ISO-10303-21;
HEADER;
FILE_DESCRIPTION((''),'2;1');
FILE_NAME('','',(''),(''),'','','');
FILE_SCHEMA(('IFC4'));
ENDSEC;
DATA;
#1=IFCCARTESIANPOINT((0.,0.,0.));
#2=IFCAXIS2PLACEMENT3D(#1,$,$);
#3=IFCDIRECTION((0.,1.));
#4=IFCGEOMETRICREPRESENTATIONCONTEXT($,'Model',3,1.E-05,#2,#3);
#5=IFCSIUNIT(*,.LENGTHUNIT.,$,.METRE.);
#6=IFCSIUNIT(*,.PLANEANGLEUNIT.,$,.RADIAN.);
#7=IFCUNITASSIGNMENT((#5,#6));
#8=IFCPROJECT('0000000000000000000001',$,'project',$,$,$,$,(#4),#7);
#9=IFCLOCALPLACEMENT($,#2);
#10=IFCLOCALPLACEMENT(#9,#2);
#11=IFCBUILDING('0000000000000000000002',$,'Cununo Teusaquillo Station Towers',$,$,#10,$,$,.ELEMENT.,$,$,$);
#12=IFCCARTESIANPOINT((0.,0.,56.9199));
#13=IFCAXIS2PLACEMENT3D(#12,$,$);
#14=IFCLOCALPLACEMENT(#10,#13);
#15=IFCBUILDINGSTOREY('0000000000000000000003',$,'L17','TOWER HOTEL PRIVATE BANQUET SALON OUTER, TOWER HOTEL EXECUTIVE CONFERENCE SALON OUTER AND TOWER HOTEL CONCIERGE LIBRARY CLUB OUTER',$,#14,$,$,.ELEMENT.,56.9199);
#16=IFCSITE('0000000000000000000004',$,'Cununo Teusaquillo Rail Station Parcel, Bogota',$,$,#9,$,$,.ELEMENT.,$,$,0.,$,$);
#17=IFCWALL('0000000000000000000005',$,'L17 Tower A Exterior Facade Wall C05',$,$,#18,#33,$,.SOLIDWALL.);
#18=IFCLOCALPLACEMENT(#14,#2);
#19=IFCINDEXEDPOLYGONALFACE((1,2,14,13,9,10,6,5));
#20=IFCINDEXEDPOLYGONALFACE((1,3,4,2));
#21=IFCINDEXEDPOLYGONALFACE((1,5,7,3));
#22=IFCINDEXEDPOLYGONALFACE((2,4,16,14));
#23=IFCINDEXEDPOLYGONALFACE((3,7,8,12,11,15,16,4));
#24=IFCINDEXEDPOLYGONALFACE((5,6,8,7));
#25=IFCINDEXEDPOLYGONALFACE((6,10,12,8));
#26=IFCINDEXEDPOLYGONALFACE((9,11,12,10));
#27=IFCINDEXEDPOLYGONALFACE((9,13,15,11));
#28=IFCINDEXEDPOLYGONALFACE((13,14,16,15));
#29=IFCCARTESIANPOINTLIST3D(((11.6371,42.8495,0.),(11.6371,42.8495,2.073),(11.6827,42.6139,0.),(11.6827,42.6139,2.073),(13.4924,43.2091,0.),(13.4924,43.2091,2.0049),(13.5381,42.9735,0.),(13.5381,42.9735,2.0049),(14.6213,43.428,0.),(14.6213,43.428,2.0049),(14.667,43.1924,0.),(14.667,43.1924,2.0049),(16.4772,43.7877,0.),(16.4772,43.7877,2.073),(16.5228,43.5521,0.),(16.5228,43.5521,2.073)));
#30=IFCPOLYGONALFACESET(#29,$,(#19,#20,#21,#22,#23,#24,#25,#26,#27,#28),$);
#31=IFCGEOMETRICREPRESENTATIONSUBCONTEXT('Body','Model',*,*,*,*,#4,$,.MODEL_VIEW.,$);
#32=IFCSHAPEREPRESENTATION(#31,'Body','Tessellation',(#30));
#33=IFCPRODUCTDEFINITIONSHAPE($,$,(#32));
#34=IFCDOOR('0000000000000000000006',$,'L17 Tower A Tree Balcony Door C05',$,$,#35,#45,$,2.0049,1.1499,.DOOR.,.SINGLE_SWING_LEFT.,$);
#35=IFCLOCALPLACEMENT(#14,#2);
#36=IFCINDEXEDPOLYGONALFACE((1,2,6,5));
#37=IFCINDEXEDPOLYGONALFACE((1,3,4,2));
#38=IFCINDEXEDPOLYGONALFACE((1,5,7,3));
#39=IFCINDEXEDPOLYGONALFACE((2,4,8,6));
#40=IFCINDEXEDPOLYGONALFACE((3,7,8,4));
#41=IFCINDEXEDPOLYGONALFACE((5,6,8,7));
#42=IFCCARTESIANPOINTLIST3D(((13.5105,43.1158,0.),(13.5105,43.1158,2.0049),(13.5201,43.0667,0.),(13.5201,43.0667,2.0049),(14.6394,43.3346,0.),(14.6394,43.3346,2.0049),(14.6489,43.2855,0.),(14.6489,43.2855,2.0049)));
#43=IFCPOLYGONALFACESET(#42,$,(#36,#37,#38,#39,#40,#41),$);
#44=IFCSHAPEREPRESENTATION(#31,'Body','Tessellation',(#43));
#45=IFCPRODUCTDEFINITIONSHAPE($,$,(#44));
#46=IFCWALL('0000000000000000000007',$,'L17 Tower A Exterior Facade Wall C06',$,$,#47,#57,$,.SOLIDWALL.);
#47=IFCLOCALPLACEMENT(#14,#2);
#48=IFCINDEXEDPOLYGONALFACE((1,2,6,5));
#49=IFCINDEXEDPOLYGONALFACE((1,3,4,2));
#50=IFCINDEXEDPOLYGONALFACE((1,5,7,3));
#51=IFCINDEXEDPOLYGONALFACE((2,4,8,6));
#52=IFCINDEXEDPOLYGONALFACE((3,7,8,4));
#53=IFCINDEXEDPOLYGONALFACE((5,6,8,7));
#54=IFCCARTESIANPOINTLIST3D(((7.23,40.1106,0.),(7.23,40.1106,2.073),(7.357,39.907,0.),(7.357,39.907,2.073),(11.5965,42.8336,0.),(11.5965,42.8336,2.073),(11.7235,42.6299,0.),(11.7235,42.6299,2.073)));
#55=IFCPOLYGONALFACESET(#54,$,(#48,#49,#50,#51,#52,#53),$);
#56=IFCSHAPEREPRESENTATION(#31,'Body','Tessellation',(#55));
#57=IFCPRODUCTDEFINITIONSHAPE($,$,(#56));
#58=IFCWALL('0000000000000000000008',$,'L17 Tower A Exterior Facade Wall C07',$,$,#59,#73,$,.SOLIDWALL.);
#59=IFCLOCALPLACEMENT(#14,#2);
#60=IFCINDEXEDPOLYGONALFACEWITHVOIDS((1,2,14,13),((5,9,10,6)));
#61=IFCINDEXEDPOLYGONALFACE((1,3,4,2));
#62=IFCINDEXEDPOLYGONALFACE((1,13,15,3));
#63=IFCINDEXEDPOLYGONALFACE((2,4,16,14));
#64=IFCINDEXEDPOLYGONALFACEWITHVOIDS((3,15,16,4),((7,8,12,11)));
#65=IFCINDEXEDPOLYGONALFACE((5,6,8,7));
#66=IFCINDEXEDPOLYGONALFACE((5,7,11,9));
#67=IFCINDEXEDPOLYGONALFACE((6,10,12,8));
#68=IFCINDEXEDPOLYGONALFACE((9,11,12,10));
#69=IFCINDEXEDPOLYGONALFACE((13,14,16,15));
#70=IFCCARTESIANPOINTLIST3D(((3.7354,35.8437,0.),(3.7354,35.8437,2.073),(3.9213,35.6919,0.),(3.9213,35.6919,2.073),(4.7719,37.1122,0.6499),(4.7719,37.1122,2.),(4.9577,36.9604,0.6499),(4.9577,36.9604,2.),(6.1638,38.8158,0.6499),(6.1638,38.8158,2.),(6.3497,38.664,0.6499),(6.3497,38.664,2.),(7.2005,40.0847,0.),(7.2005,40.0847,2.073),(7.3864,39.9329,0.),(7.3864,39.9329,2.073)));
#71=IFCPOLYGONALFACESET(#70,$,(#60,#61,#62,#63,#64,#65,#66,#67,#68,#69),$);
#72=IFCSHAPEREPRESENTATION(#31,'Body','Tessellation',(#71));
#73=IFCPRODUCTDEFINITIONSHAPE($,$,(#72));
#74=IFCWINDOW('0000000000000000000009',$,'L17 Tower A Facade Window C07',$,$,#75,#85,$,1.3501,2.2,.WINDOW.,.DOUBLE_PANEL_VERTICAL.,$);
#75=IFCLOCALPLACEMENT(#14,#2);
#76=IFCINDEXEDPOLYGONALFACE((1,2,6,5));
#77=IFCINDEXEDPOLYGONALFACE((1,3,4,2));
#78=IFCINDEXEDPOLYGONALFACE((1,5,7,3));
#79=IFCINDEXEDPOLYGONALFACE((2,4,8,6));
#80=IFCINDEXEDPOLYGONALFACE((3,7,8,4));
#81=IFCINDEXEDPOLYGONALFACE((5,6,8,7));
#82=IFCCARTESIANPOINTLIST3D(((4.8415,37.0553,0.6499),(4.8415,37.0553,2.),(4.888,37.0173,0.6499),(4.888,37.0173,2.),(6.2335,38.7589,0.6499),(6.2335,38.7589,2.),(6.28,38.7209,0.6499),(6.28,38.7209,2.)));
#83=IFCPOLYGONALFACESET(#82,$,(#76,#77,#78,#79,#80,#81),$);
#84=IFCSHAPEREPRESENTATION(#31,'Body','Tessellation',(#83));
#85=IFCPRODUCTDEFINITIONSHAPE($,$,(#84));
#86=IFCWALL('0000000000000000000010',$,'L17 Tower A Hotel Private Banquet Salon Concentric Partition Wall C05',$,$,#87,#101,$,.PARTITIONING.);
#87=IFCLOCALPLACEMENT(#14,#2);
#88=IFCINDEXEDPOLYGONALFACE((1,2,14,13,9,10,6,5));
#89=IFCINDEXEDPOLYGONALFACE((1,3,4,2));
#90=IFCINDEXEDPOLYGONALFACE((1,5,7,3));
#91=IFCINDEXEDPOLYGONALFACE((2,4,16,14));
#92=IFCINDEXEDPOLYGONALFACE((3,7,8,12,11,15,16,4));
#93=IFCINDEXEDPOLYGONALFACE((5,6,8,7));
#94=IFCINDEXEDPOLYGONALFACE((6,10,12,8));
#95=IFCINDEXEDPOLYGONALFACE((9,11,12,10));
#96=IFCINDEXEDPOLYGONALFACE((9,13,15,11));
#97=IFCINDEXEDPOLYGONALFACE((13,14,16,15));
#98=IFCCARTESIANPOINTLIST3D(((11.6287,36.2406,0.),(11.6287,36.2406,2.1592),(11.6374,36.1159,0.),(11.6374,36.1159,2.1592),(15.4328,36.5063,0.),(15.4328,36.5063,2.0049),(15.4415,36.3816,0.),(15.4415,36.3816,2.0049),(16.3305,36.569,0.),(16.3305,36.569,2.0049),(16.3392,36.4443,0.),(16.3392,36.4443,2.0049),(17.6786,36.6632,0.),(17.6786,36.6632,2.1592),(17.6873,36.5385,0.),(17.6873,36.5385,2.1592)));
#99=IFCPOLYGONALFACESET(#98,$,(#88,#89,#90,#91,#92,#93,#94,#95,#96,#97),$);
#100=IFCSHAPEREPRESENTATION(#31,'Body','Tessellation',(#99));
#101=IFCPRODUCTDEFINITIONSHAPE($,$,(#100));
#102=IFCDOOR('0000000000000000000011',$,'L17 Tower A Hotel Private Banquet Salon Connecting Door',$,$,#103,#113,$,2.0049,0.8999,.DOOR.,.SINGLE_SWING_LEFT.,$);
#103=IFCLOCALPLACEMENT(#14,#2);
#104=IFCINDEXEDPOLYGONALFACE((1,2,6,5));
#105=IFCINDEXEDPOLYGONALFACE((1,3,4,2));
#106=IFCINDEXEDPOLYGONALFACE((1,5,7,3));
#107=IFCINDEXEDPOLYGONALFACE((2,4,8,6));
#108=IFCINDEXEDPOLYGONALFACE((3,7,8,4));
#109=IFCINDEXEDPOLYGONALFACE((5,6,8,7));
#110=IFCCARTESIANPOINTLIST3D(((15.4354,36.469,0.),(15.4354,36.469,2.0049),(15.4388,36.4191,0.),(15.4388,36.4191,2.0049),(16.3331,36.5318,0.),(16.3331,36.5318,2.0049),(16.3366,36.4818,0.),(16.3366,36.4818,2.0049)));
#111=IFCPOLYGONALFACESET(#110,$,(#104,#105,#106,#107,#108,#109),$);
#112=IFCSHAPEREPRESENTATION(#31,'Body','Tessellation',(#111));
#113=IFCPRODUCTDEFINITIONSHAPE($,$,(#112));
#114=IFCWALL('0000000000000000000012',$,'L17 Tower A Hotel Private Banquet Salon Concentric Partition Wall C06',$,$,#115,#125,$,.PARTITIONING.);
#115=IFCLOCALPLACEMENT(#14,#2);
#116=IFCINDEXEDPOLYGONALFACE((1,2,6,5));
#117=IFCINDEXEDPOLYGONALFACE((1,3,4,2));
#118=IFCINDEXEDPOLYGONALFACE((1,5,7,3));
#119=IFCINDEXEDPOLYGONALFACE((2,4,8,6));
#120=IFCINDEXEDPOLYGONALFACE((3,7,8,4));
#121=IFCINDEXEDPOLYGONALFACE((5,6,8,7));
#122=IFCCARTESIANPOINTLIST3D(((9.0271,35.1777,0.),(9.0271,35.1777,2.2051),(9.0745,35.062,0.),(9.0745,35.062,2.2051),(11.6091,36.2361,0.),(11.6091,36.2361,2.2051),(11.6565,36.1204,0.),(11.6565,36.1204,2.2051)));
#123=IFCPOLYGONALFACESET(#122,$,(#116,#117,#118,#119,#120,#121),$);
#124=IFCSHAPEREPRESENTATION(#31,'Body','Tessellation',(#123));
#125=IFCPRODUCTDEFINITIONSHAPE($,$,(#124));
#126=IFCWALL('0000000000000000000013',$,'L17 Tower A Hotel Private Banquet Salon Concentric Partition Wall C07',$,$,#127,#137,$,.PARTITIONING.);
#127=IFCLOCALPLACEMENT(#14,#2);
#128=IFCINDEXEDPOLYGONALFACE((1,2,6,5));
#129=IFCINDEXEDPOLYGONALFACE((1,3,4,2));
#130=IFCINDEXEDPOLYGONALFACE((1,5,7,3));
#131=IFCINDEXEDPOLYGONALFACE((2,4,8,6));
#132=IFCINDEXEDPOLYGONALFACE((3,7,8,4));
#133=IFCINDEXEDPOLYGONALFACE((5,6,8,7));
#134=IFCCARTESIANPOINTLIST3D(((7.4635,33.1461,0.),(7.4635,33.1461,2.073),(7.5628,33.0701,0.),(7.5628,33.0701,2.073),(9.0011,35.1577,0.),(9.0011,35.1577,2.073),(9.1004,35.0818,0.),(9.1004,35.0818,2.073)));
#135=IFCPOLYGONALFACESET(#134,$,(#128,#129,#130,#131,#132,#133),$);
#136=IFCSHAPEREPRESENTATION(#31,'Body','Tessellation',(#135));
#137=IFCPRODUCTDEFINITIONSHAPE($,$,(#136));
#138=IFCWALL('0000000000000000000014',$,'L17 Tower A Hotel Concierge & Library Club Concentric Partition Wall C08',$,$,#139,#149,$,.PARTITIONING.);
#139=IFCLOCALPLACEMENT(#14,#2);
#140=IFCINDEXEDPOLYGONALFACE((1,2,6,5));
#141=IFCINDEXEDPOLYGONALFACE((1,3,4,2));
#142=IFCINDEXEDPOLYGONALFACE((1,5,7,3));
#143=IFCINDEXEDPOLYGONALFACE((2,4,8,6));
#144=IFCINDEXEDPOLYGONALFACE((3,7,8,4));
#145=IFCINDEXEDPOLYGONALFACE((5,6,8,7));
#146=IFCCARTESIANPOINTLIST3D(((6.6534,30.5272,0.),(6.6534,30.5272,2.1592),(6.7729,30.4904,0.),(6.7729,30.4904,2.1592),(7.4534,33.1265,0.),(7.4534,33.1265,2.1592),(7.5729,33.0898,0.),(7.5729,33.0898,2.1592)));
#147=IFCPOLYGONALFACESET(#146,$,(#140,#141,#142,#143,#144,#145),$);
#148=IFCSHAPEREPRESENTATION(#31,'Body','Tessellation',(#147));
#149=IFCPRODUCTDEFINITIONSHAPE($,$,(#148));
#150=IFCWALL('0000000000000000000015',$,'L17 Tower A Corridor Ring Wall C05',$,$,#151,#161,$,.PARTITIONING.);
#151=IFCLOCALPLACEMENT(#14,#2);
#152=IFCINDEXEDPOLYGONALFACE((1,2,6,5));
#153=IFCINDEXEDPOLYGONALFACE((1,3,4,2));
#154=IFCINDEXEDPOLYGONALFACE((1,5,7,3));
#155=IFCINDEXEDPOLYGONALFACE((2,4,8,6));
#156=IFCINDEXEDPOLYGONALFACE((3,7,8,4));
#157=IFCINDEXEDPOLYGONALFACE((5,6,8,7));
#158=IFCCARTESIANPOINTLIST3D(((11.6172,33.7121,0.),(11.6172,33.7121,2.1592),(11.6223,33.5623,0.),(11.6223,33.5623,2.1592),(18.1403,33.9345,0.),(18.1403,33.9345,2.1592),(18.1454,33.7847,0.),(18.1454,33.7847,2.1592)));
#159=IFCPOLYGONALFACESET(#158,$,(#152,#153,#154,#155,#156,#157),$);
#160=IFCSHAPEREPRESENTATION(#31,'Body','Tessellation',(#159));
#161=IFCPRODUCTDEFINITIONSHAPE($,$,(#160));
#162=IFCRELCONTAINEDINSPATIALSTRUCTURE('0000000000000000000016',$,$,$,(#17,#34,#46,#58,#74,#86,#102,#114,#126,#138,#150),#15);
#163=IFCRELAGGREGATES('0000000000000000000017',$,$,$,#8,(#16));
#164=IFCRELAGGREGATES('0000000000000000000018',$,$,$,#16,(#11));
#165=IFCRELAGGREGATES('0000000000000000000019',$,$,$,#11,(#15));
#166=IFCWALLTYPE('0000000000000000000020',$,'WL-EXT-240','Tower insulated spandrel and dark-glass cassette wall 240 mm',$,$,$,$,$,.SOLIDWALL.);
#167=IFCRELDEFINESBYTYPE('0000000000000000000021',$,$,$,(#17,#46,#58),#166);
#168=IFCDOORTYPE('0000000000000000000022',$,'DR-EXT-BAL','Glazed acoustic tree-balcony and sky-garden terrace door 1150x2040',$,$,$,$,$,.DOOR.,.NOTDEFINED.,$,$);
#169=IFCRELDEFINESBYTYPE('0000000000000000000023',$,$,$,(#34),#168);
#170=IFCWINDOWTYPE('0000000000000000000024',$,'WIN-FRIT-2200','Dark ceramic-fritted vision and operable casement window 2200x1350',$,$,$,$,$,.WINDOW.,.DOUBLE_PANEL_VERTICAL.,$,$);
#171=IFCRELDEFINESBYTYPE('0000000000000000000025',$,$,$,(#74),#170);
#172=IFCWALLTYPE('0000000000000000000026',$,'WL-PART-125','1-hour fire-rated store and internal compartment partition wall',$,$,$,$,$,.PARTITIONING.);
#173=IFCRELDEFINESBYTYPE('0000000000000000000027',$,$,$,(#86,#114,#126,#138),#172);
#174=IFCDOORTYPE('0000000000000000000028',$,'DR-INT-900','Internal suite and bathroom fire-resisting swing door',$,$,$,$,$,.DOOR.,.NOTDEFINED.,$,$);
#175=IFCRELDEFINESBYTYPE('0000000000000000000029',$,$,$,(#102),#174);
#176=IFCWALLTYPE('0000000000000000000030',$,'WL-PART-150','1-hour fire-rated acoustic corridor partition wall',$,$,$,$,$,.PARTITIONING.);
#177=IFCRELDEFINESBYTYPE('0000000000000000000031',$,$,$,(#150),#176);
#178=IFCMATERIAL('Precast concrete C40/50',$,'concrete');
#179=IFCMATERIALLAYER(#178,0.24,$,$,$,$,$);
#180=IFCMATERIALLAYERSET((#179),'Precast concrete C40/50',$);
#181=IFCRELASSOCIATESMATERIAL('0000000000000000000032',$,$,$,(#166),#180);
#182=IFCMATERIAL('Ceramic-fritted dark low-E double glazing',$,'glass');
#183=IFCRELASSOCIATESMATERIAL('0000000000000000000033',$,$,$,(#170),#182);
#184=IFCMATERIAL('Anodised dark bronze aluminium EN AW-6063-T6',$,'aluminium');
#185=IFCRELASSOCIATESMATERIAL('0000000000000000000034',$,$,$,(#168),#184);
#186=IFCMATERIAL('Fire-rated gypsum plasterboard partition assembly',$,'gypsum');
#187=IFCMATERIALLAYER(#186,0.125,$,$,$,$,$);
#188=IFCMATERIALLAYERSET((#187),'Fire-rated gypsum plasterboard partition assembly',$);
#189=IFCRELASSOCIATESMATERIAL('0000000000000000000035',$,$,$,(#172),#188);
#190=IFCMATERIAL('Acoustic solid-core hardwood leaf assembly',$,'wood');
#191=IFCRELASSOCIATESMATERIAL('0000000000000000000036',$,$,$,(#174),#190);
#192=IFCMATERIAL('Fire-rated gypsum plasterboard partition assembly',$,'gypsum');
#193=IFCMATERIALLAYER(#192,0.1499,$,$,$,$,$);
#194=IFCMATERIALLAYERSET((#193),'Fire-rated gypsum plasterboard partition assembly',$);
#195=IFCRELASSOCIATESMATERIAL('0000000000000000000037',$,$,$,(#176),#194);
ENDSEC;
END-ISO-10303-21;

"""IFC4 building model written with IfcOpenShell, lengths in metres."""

from ifc_helpers import new_model, si_unit, direction, frame, frame_2d, origin, place, context, subcontext, project, spatial, rectangle, extrude, source, transform, mapped, material, layer, layer_set, type_object, element, fill, save


model = new_model("IFC4")

# Units and contexts
model_context = context("Model", 3, precision=1e-05, world=origin(), true_north=direction((0.0, 1.0)))
body_context = subcontext(model_context, "Body", "Model", "MODEL_VIEW")
ifc_project = project(units=[si_unit("LENGTHUNIT", "METRE"), si_unit("PLANEANGLEUNIT", "RADIAN")], contexts=[model_context])

# Site, building, storey
site_placement = place(None, origin())
site = spatial("IfcSite", under=ifc_project, at=site_placement, Name="Cununo Teusaquillo Rail Station Parcel, Bogota", CompositionType="ELEMENT", RefElevation=0.0)
building_placement = place(site_placement, origin())
building = spatial("IfcBuilding", under=site, at=building_placement, Name="Cununo Teusaquillo Station Towers", CompositionType="ELEMENT")
storey_placement = place(building_placement, frame((0.0, 0.0, 56.9199)))
storey = spatial("IfcBuildingStorey", under=building, at=storey_placement, Name="L17", Description="TOWER HOTEL PRIVATE BANQUET SALON OUTER, TOWER HOTEL EXECUTIVE CONFERENCE SALON OUTER AND TOWER HOTEL CONCIERGE LIBRARY CLUB OUTER", CompositionType="ELEMENT", Elevation=56.9199)

# Shared definitions
ifc_material_1 = material(Name="Precast concrete C40/50", Category="concrete")
ifc_layer_1 = layer(ifc_material_1, 0.24)
ifc_layer_set_1 = layer_set([ifc_layer_1], Name="Precast concrete C40/50")
wall_type_1 = type_object("IfcWallType", Name="WL-EXT-240", Description="Tower insulated spandrel and dark-glass cassette wall 240 mm", PredefinedType="SOLIDWALL", material=ifc_layer_set_1)
shared_shape_1 = source(origin(), body_context, "Body", "SweptSolid", [
    extrude(rectangle(XDim=2.2, YDim=1.3501, at=frame_2d((1.1001, 0.675))), frame((0.0, 0.1299, 0.0), z_axis=(0.0, -1.0, 0.0), x_axis=(1.0, 0.0, 0.0)), (0.0, 0.0, 1.0), 0.26),
])
ifc_material_2 = material(Name="Ceramic-fritted dark low-E double glazing", Category="glass")
window_type = type_object("IfcWindowType", Name="WIN-FRIT-2200", Description="Dark ceramic-fritted vision and operable casement window 2200x1350", PartitioningType="DOUBLE_PANEL_VERTICAL", PredefinedType="WINDOW", material=ifc_material_2)
shared_shape_2 = source(origin(), body_context, "Body", "SweptSolid", [
    extrude(rectangle(XDim=2.2, YDim=1.3501, at=frame_2d((1.1001, 0.675))), frame((0.0, 0.03, 0.0), z_axis=(0.0, -1.0, 0.0), x_axis=(1.0, 0.0, 0.0)), (0.0, 0.0, 1.0), 0.0601),
])

# Wall, opening, door
wall_1_placement = place(storey_placement, frame((11.6599, 42.7317, 0.0), z_axis=(0.0, 0.0, 1.0), x_axis=(0.981725, 0.190304, 0.0)))
wall_1 = element("IfcWall", 1, at=wall_1_placement, inside=storey, type_object=wall_type_1, Name="L17 Tower A Exterior Facade Wall C05", PredefinedType="SOLIDWALL", context=body_context, shape_type="SweptSolid", body=[
    extrude(rectangle(XDim=4.9302, YDim=0.24, at=frame_2d((2.4651, 0.0))), origin(), (0.0, 0.0, 1.0), 2.073),
])
shared_shape_3 = source(origin(), body_context, "Body", "SweptSolid", [
    extrude(rectangle(XDim=1.1499, YDim=2.0049, at=frame_2d((0.575, 1.0024))), frame((0.0, 0.1299, 0.0), z_axis=(0.0, -1.0, 0.0), x_axis=(1.0, 0.0, 0.0)), (0.0, 0.0, 1.0), 0.26),
])
opening_1_placement = place(wall_1_placement, frame((1.8899, 0.0, 0.0)))
opening_1 = element("IfcOpeningElement", 2, at=opening_1_placement, cuts=wall_1, PredefinedType="OPENING", context=body_context, shape_type="MappedRepresentation", body=[
    mapped(shared_shape_3, transform((0.0, 0.0, 0.0), x_axis=(1.0, 0.0, 0.0), y_axis=(0.0, 1.0, 0.0), z_axis=(0.0, 0.0, 1.0), scale=1.0)),
])
ifc_material_3 = material(Name="Anodised dark bronze aluminium EN AW-6063-T6", Category="aluminium")
door_type_1 = type_object("IfcDoorType", Name="DR-EXT-BAL", Description="Glazed acoustic tree-balcony and sky-garden terrace door 1150x2040", OperationType="NOTDEFINED", PredefinedType="DOOR", material=ifc_material_3)
shared_shape_4 = source(origin(), body_context, "Body", "SweptSolid", [
    extrude(rectangle(XDim=1.1499, YDim=2.0049, at=frame_2d((0.575, 1.0024))), frame((0.0, 0.0249, 0.0), z_axis=(0.0, -1.0, 0.0), x_axis=(1.0, 0.0, 0.0)), (0.0, 0.0, 1.0), 0.05),
])
door_1_placement = place(opening_1_placement, origin())
door_1 = element("IfcDoor", 3, at=door_1_placement, inside=storey, type_object=door_type_1, Name="L17 Tower A Tree Balcony Door C05", OperationType="SINGLE_SWING_LEFT", OverallHeight=2.0049, OverallWidth=1.1499, PredefinedType="DOOR", context=body_context, shape_type="MappedRepresentation", body=[
    mapped(shared_shape_4, transform((0.0, 0.0, 0.0), x_axis=(1.0, 0.0, 0.0), y_axis=(0.0, 1.0, 0.0), z_axis=(0.0, 0.0, 1.0), scale=1.0)),
])
fill(opening_1, door_1)

# Wall
wall_2_placement = place(storey_placement, frame((7.2935, 40.0088, 0.0), z_axis=(0.0, 0.0, 1.0), x_axis=(0.848534, 0.529141, 0.0)))
element("IfcWall", 4, at=wall_2_placement, inside=storey, type_object=wall_type_1, Name="L17 Tower A Exterior Facade Wall C06", PredefinedType="SOLIDWALL", context=body_context, shape_type="SweptSolid", body=[
    extrude(rectangle(XDim=5.146, YDim=0.24, at=frame_2d((2.573, 0.0))), origin(), (0.0, 0.0, 1.0), 2.073),
])

# Wall, opening, window
wall_3_placement = place(storey_placement, frame((3.8284, 35.7678, 0.0), z_axis=(0.0, 0.0, 1.0), x_axis=(0.632713, 0.774386, 0.0)))
wall_3 = element("IfcWall", 5, at=wall_3_placement, inside=storey, type_object=wall_type_1, Name="L17 Tower A Exterior Facade Wall C07", PredefinedType="SOLIDWALL", context=body_context, shape_type="SweptSolid", body=[
    extrude(rectangle(XDim=5.4766, YDim=0.24, at=frame_2d((2.7383, 0.0))), origin(), (0.0, 0.0, 1.0), 2.073),
])
opening_2_placement = place(wall_3_placement, frame((1.6379, 0.0, 0.6499)))
opening_2 = element("IfcOpeningElement", 6, at=opening_2_placement, cuts=wall_3, PredefinedType="OPENING", context=body_context, shape_type="MappedRepresentation", body=[
    mapped(shared_shape_1, transform((0.0, 0.0, 0.0), x_axis=(1.0, 0.0, 0.0), y_axis=(0.0, 1.0, 0.0), z_axis=(0.0, 0.0, 1.0), scale=1.0)),
])
window_1_placement = place(opening_2_placement, origin())
window_1 = element("IfcWindow", 7, at=window_1_placement, inside=storey, type_object=window_type, Name="L17 Tower A Facade Window C07", OverallHeight=1.3501, OverallWidth=2.2, PartitioningType="DOUBLE_PANEL_VERTICAL", PredefinedType="WINDOW", context=body_context, shape_type="MappedRepresentation", body=[
    mapped(shared_shape_2, transform((0.0, 0.0, 0.0), x_axis=(1.0, 0.0, 0.0), y_axis=(0.0, 1.0, 0.0), z_axis=(0.0, 0.0, 1.0), scale=1.0)),
])
fill(opening_2, window_1)

# Wall, opening, door
ifc_material_4 = material(Name="Fire-rated gypsum plasterboard partition assembly", Category="gypsum")
ifc_layer_2 = layer(ifc_material_4, 0.125)
ifc_layer_set_2 = layer_set([ifc_layer_2], Name="Fire-rated gypsum plasterboard partition assembly")
wall_type_2 = type_object("IfcWallType", Name="WL-PART-125", Description="1-hour fire-rated store and internal compartment partition wall", PredefinedType="PARTITIONING", material=ifc_layer_set_2)
wall_4_placement = place(storey_placement, frame((17.6829, 36.6008, 0.0), z_axis=(0.0, 0.0, 1.0), x_axis=(-0.997569, -0.069682, 0.0)))
wall_4 = element("IfcWall", 8, at=wall_4_placement, inside=storey, type_object=wall_type_2, Name="L17 Tower A Hotel Private Banquet Salon Concentric Partition Wall C05", PredefinedType="PARTITIONING", context=body_context, shape_type="SweptSolid", body=[
    extrude(rectangle(XDim=6.0647, YDim=0.125, at=frame_2d((3.0322, 0.0))), origin(), (0.0, 0.0, 1.0), 2.1592),
])
shared_shape_5 = source(origin(), body_context, "Body", "SweptSolid", [
    extrude(rectangle(XDim=0.8999, YDim=2.0049, at=frame_2d((0.45, 1.0024))), frame((0.0, 0.0725, 0.0), z_axis=(0.0, -1.0, 0.0), x_axis=(1.0, 0.0, 0.0)), (0.0, 0.0, 1.0), 0.145),
])
opening_3_placement = place(wall_4_placement, frame((1.3513, 0.0, 0.0)))
opening_3 = element("IfcOpeningElement", 9, at=opening_3_placement, cuts=wall_4, PredefinedType="OPENING", context=body_context, shape_type="MappedRepresentation", body=[
    mapped(shared_shape_5, transform((0.0, 0.0, 0.0), x_axis=(1.0, 0.0, 0.0), y_axis=(0.0, 1.0, 0.0), z_axis=(0.0, 0.0, 1.0), scale=1.0)),
])
ifc_material_5 = material(Name="Acoustic solid-core hardwood leaf assembly", Category="wood")
door_type_2 = type_object("IfcDoorType", Name="DR-INT-900", Description="Internal suite and bathroom fire-resisting swing door", OperationType="NOTDEFINED", PredefinedType="DOOR", material=ifc_material_5)
shared_shape_6 = source(origin(), body_context, "Body", "SweptSolid", [
    extrude(rectangle(XDim=0.8999, YDim=2.0049, at=frame_2d((0.45, 1.0024))), frame((0.0, 0.0249, 0.0), z_axis=(0.0, -1.0, 0.0), x_axis=(1.0, 0.0, 0.0)), (0.0, 0.0, 1.0), 0.05),
])
door_2_placement = place(opening_3_placement, origin())
door_2 = element("IfcDoor", 10, at=door_2_placement, inside=storey, type_object=door_type_2, Name="L17 Tower A Hotel Private Banquet Salon Connecting Door", OperationType="SINGLE_SWING_LEFT", OverallHeight=2.0049, OverallWidth=0.8999, PredefinedType="DOOR", context=body_context, shape_type="MappedRepresentation", body=[
    mapped(shared_shape_6, transform((0.0, 0.0, 0.0), x_axis=(1.0, 0.0, 0.0), y_axis=(0.0, 1.0, 0.0), z_axis=(0.0, 0.0, 1.0), scale=1.0)),
])
fill(opening_3, door_2)

# Walls
wall_5_placement = place(storey_placement, frame((11.6328, 36.1782, 0.0), z_axis=(0.0, 0.0, 1.0), x_axis=(-0.925288, -0.379266, 0.0)))
element("IfcWall", 11, at=wall_5_placement, inside=storey, type_object=wall_type_2, Name="L17 Tower A Hotel Private Banquet Salon Concentric Partition Wall C06", PredefinedType="PARTITIONING", context=body_context, shape_type="SweptSolid", body=[
    extrude(rectangle(XDim=2.7905, YDim=0.125, at=frame_2d((1.3953, 0.0))), origin(), (0.0, 0.0, 1.0), 2.2051),
])
wall_6_placement = place(storey_placement, frame((9.0508, 35.1199, 0.0), z_axis=(0.0, 0.0, 1.0), x_axis=(-0.607257, -0.794506, 0.0)))
element("IfcWall", 12, at=wall_6_placement, inside=storey, type_object=wall_type_2, Name="L17 Tower A Hotel Private Banquet Salon Concentric Partition Wall C07", PredefinedType="PARTITIONING", context=body_context, shape_type="SweptSolid", body=[
    extrude(rectangle(XDim=2.532, YDim=0.125, at=frame_2d((1.2661, 0.0))), origin(), (0.0, 0.0, 1.0), 2.073),
])
wall_7_placement = place(storey_placement, frame((7.5132, 33.1082, 0.0), z_axis=(0.0, 0.0, 1.0), x_axis=(-0.294168, -0.955754, 0.0)))
element("IfcWall", 13, at=wall_7_placement, inside=storey, type_object=wall_type_2, Name="L17 Tower A Hotel Concierge & Library Club Concentric Partition Wall C08", PredefinedType="PARTITIONING", context=body_context, shape_type="SweptSolid", body=[
    extrude(rectangle(XDim=2.7197, YDim=0.125, at=frame_2d((1.3599, 0.0))), origin(), (0.0, 0.0, 1.0), 2.1592),
])
ifc_material_6 = material(Name="Fire-rated gypsum plasterboard partition assembly", Category="gypsum")
ifc_layer_3 = layer(ifc_material_6, 0.1499)
ifc_layer_set_3 = layer_set([ifc_layer_3], Name="Fire-rated gypsum plasterboard partition assembly")
wall_type_3 = type_object("IfcWallType", Name="WL-PART-150", Description="1-hour fire-rated acoustic corridor partition wall", PredefinedType="PARTITIONING", material=ifc_layer_set_3)
wall_8_placement = place(storey_placement, frame((18.1428, 33.8596, 0.0), z_axis=(0.0, 0.0, 1.0), x_axis=(-0.999419, -0.034077, 0.0)))
element("IfcWall", 14, at=wall_8_placement, inside=storey, type_object=wall_type_3, Name="L17 Tower A Corridor Ring Wall C05", PredefinedType="PARTITIONING", context=body_context, shape_type="SweptSolid", body=[
    extrude(rectangle(XDim=6.5269, YDim=0.1499, at=frame_2d((3.2634, 0.0))), origin(), (0.0, 0.0, 1.0), 2.1592),
])

save(model, "model.ifc")
